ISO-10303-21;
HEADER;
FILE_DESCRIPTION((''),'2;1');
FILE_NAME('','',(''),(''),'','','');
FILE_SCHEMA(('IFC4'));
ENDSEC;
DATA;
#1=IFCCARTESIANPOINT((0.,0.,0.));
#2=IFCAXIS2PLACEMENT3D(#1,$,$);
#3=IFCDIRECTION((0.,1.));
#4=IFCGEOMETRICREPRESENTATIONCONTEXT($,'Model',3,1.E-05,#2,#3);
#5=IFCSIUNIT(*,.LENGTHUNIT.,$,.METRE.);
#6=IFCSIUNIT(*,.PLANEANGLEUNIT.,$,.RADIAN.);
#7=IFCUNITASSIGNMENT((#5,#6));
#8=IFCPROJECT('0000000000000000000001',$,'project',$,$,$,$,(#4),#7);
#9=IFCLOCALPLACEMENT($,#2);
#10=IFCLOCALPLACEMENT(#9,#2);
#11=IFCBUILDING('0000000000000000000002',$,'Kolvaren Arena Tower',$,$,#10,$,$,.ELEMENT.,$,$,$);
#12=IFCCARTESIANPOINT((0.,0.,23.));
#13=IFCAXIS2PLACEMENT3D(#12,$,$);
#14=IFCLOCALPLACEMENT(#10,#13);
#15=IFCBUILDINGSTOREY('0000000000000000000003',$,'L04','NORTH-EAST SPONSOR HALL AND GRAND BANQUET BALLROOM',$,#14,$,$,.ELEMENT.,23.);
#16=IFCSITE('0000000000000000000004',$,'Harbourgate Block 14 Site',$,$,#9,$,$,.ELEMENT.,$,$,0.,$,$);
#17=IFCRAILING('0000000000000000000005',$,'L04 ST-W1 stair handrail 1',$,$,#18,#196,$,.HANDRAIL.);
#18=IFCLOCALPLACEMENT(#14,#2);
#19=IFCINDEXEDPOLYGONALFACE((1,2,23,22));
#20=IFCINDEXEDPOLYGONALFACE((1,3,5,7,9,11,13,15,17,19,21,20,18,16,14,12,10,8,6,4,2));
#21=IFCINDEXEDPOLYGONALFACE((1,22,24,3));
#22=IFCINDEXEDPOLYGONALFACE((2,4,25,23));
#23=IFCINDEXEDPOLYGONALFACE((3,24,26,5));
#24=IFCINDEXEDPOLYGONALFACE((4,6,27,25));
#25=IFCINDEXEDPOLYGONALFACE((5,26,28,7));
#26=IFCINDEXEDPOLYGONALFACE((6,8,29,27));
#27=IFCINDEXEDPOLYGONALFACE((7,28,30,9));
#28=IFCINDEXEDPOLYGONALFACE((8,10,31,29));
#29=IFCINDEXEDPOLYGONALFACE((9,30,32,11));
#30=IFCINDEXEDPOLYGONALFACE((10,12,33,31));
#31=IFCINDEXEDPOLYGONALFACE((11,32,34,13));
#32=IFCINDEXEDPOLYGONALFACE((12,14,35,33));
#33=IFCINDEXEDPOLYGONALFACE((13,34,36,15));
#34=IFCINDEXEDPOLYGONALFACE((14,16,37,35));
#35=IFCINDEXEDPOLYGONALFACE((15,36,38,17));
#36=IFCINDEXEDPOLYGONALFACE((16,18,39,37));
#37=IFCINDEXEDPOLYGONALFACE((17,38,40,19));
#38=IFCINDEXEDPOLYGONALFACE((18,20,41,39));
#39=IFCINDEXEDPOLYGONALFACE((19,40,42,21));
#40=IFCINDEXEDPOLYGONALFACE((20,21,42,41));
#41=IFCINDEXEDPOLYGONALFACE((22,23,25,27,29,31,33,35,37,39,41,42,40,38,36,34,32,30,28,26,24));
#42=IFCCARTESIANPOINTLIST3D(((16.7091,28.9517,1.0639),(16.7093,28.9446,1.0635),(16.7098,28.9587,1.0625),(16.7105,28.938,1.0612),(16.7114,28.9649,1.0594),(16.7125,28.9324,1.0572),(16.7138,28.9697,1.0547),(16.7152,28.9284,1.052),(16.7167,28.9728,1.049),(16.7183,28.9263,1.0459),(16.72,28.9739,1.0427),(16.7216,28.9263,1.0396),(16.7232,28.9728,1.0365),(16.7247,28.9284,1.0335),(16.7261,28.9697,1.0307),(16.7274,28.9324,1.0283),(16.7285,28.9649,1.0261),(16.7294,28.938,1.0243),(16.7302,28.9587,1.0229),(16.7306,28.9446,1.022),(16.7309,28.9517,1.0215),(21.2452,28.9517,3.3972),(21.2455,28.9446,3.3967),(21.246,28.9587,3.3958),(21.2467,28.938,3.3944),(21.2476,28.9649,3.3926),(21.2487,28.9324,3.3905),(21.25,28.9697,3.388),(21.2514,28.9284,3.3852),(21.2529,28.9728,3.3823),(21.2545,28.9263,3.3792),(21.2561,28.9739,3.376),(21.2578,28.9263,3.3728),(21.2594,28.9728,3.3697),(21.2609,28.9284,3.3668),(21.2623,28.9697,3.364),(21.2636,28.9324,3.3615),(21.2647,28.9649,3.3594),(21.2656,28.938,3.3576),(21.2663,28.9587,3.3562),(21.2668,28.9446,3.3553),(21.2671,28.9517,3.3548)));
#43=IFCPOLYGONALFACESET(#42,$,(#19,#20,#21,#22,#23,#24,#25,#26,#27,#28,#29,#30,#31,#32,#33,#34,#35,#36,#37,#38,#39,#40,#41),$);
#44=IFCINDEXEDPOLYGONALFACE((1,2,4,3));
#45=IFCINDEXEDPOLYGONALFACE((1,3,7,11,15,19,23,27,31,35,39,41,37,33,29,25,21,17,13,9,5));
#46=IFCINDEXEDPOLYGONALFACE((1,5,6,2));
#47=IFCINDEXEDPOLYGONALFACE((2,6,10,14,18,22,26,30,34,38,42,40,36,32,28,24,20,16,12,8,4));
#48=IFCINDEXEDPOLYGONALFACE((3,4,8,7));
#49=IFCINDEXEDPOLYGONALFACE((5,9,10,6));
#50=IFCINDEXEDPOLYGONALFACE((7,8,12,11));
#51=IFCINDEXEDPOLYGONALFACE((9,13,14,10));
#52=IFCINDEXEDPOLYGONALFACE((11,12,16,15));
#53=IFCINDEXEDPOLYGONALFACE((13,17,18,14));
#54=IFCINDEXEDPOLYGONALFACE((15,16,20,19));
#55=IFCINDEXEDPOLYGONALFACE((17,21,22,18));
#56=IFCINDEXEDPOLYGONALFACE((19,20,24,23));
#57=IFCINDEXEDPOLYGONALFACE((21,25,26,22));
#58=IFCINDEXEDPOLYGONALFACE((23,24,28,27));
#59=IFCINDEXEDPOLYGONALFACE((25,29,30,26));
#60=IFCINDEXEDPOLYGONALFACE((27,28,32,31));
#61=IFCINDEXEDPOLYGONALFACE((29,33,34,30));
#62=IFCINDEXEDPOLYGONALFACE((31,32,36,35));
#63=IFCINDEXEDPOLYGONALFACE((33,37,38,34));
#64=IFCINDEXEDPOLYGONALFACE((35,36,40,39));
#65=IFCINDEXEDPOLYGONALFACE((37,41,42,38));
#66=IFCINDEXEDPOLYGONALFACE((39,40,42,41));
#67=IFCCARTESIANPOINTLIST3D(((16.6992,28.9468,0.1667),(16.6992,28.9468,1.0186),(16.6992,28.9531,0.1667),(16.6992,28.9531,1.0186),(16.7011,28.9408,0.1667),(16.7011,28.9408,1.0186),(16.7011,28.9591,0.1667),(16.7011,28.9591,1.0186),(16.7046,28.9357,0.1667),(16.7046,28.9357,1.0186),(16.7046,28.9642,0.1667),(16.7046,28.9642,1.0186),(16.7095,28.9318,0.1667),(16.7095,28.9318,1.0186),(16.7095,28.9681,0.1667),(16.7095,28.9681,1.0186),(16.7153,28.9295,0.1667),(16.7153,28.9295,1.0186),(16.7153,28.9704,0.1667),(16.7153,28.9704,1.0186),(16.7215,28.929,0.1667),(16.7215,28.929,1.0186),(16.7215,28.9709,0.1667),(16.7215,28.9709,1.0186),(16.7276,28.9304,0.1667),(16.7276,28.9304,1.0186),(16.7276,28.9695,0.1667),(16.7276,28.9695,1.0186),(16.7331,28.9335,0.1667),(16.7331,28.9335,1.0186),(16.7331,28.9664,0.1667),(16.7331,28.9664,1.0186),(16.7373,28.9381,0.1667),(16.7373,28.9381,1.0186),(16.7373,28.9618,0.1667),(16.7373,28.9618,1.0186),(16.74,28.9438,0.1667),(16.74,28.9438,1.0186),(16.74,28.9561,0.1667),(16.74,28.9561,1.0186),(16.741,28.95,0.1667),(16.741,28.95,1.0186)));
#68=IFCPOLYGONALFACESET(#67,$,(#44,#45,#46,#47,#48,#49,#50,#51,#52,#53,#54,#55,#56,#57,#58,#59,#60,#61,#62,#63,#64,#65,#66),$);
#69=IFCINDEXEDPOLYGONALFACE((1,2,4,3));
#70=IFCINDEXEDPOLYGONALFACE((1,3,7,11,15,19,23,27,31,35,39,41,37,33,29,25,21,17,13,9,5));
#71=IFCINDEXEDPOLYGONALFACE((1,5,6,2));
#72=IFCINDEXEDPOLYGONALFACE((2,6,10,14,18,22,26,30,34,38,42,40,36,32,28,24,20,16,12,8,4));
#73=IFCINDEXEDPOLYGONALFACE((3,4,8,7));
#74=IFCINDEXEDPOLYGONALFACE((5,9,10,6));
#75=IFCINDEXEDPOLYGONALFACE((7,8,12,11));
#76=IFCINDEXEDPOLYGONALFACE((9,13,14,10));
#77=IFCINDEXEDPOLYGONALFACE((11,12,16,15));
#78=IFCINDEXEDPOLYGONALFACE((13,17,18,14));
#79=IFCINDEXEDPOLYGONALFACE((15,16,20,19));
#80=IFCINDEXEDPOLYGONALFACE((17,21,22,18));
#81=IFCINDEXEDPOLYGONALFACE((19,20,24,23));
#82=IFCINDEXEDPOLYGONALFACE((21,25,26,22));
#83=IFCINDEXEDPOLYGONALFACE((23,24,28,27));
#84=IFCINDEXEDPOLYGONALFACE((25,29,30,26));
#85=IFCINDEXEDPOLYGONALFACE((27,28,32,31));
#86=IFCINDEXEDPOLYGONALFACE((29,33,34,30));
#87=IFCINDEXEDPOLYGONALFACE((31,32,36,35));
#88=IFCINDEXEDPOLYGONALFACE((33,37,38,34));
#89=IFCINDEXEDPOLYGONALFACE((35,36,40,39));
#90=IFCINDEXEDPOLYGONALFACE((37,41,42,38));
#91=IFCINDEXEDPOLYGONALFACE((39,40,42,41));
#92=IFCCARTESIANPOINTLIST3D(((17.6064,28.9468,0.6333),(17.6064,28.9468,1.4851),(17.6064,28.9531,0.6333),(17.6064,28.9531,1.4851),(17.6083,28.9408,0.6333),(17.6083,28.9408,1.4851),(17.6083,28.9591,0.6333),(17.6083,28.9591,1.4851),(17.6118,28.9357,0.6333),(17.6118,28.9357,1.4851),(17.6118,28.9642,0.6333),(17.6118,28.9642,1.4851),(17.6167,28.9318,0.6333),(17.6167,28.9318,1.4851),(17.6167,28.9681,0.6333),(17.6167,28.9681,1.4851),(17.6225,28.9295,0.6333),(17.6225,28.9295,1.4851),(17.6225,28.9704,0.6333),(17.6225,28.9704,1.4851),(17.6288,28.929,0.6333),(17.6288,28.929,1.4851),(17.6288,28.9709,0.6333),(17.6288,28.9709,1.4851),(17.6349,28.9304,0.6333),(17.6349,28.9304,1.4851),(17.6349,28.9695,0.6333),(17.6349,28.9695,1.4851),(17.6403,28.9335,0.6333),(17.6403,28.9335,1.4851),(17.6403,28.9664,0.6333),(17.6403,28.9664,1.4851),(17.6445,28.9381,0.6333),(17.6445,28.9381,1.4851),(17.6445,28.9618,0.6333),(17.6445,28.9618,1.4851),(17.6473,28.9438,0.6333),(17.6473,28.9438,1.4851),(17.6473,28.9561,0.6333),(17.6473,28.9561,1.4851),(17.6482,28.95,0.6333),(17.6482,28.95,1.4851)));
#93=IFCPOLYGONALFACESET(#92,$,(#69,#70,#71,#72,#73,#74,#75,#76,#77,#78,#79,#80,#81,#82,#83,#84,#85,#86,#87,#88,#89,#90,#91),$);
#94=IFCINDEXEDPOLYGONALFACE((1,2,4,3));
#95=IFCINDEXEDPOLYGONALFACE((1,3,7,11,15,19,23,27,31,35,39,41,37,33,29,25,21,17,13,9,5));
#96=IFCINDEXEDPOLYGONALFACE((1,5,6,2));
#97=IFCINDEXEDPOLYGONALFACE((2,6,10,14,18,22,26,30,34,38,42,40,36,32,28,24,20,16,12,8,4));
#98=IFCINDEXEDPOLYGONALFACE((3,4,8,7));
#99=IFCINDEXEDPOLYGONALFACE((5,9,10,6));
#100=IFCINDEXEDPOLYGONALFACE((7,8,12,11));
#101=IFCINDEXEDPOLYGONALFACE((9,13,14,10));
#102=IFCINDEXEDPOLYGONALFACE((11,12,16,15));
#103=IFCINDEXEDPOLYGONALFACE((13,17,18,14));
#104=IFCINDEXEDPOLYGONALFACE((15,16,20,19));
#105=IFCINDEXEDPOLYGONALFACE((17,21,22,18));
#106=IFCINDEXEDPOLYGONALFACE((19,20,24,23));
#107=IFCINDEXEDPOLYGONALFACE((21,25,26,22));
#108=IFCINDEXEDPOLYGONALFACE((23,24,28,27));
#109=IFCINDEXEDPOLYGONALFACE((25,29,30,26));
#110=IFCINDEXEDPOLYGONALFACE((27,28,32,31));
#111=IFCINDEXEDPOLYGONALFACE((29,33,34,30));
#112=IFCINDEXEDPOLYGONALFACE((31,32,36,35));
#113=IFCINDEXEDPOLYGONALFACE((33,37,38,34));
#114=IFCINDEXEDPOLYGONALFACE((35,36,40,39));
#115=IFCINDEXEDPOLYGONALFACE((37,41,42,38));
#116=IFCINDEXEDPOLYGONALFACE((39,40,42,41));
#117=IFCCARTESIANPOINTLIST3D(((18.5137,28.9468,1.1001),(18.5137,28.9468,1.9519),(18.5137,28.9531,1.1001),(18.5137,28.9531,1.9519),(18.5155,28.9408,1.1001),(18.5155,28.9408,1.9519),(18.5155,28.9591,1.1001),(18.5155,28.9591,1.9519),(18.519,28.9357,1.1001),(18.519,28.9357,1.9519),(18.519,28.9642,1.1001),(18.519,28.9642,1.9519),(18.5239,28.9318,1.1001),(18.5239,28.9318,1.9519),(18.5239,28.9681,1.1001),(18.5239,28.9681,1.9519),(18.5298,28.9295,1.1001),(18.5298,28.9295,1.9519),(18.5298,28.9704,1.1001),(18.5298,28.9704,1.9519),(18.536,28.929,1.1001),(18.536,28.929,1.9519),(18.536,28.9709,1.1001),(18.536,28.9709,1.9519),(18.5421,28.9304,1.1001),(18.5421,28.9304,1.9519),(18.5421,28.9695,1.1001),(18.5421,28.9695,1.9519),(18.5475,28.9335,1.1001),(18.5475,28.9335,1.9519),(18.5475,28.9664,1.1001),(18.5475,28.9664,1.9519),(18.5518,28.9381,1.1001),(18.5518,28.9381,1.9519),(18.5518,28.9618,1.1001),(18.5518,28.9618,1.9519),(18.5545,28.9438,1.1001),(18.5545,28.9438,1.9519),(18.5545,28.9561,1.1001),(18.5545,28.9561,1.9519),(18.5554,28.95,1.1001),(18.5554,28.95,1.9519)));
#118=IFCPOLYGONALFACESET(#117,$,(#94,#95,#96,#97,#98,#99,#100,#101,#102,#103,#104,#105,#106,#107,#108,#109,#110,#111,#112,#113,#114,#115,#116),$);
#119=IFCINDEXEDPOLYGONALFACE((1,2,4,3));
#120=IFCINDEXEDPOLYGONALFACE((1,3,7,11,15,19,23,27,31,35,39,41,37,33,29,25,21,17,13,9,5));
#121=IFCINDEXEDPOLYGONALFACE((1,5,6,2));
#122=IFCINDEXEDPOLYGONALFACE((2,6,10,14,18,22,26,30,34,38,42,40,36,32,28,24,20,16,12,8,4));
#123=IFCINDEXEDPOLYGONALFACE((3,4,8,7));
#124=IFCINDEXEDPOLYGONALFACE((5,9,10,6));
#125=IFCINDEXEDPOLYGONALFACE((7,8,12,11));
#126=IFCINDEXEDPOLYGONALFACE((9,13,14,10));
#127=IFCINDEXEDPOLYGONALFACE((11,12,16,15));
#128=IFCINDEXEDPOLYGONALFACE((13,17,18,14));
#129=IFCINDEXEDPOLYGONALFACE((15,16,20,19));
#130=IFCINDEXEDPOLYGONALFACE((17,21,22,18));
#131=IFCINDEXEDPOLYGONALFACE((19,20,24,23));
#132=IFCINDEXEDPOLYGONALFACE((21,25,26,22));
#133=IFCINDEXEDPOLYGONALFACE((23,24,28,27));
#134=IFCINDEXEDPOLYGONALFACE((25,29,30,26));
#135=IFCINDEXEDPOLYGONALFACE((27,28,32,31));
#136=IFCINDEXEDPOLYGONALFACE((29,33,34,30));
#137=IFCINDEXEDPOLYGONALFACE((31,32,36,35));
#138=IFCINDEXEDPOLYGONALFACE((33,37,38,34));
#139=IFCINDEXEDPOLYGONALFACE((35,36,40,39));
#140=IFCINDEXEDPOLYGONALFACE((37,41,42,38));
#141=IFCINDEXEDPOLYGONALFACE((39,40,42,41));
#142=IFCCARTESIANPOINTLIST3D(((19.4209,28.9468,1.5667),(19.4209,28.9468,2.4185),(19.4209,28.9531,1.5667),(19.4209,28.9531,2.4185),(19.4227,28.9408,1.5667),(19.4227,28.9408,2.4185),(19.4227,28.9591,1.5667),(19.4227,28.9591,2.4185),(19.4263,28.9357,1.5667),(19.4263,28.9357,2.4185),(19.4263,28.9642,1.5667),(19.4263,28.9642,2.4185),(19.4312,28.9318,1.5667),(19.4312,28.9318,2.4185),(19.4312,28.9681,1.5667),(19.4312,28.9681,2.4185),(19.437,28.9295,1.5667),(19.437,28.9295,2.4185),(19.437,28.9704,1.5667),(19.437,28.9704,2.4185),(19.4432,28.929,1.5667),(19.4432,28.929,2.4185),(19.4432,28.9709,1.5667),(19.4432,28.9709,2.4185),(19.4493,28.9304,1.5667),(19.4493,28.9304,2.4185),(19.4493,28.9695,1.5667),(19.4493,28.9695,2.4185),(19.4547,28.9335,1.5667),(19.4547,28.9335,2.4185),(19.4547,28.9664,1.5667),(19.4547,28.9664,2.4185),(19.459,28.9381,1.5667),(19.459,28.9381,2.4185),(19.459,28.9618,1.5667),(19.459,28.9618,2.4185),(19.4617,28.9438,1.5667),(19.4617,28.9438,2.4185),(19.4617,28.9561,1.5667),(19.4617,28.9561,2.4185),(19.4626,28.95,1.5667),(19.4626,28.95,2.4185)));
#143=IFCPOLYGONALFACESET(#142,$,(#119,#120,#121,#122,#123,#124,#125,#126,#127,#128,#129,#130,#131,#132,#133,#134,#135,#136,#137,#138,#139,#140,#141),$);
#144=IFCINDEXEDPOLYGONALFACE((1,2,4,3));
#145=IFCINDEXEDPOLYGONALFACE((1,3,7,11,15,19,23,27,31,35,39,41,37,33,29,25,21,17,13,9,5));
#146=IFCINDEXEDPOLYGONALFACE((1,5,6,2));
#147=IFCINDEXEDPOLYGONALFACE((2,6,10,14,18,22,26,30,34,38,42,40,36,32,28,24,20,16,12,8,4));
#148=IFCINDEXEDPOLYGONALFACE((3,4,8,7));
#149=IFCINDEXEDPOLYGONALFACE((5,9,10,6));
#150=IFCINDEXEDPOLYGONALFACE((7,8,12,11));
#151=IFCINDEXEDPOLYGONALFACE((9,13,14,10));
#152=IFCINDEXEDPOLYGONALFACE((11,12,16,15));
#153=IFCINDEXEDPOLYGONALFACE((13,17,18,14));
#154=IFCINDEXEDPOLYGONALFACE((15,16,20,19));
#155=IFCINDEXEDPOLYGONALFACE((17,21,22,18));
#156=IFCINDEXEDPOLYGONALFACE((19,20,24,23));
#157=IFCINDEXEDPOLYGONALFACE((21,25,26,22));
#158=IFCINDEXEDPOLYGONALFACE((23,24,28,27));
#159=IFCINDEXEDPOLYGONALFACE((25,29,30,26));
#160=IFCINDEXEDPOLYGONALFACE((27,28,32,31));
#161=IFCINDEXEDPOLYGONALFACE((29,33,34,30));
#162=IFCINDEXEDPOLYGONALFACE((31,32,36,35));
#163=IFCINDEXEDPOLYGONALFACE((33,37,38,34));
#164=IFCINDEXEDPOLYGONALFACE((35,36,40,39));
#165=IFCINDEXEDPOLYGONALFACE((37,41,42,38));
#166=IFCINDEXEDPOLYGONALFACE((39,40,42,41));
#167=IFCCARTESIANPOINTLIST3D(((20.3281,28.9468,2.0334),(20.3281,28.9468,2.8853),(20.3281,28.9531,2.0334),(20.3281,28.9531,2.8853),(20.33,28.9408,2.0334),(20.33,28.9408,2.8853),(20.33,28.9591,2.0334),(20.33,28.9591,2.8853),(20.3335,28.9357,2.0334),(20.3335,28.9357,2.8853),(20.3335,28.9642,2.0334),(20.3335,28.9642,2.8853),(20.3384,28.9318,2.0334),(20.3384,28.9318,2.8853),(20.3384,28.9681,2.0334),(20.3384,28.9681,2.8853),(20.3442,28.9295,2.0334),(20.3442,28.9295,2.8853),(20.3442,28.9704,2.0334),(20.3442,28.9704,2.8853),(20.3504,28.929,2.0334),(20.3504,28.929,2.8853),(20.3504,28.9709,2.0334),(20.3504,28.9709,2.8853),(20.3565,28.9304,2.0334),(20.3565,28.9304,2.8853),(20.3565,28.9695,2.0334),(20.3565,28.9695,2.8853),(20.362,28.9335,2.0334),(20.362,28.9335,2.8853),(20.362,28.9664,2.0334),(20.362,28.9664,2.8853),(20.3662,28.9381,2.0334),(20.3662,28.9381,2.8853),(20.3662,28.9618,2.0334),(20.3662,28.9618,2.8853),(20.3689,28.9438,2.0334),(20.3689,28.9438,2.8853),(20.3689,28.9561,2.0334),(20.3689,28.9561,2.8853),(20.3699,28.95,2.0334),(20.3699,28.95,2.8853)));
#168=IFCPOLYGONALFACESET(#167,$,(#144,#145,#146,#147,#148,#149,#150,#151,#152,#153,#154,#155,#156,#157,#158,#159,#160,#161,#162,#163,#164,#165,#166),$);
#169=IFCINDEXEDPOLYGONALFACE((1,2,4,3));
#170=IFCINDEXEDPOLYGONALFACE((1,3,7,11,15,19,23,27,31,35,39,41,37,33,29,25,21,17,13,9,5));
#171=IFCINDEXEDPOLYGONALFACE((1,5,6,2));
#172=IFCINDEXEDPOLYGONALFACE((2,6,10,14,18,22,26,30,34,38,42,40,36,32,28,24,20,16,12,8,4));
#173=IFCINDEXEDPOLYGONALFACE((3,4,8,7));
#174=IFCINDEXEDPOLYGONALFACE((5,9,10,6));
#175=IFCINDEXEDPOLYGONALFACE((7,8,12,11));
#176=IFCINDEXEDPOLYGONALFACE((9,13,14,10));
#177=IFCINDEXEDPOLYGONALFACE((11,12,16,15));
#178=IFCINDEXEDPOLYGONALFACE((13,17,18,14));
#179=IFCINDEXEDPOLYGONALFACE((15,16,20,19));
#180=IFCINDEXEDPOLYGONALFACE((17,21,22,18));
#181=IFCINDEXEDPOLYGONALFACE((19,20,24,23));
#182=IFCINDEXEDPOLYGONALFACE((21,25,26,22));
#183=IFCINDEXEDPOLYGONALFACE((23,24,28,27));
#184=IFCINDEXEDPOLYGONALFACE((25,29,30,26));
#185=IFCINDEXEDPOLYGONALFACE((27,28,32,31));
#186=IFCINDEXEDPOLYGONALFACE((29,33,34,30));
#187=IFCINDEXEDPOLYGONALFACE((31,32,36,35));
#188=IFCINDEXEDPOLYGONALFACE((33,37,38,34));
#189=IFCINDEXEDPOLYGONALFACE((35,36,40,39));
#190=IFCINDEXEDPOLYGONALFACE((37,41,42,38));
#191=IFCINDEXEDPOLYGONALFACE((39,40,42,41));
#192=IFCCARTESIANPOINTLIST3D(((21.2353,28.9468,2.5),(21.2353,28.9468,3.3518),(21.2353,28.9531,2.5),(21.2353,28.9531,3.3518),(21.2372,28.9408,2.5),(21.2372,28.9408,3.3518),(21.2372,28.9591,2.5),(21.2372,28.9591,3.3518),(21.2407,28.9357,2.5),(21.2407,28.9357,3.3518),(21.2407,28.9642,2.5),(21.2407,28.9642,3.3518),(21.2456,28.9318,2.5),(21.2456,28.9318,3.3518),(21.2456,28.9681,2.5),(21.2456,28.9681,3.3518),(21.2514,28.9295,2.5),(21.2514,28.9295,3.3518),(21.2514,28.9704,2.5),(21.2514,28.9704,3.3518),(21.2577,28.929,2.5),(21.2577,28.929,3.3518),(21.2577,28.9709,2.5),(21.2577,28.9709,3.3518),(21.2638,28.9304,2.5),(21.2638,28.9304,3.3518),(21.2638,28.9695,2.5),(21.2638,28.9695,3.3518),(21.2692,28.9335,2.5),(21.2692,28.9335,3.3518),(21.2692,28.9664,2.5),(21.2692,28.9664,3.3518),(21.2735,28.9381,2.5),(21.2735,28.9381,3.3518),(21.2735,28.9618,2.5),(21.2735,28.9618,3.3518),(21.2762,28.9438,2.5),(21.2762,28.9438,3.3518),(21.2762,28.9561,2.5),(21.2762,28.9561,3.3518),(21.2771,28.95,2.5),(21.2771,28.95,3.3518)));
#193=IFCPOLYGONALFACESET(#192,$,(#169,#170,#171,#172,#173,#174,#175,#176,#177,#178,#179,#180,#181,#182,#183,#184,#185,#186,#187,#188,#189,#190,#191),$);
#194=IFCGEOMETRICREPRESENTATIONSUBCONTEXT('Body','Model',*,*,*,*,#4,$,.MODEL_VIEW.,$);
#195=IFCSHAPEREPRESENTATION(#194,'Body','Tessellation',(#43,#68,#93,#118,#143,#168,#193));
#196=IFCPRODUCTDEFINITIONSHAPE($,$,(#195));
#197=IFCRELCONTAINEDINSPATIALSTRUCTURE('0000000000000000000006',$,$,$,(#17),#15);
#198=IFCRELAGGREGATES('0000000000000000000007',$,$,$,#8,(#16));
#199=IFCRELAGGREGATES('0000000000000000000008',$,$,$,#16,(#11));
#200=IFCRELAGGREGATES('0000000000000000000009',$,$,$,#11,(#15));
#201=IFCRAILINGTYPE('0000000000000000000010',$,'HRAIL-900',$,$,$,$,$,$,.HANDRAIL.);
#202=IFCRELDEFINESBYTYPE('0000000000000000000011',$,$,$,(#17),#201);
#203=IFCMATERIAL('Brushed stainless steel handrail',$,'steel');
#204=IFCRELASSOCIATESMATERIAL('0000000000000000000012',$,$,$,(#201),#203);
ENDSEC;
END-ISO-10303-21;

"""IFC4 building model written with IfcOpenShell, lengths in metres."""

from ifc_helpers import new_model, si_unit, direction, frame, origin, origin_2d, place, context, subcontext, project, spatial, circle, extrude, material, type_object, element, save


model = new_model("IFC4")

# Units and contexts
model_context = context("Model", 3, precision=1e-05, world=origin(), true_north=direction((0.0, 1.0)))
body_context = subcontext(model_context, "Body", "Model", "MODEL_VIEW")
ifc_project = project(units=[si_unit("LENGTHUNIT", "METRE"), si_unit("PLANEANGLEUNIT", "RADIAN")], contexts=[model_context])

# Site, building, storey
site_placement = place(None, origin())
site = spatial("IfcSite", under=ifc_project, at=site_placement, Name="Harbourgate Block 14 Site", CompositionType="ELEMENT", RefElevation=0.0)
building_placement = place(site_placement, origin())
building = spatial("IfcBuilding", under=site, at=building_placement, Name="Kolvaren Arena Tower", CompositionType="ELEMENT")
storey_placement = place(building_placement, frame((0.0, 0.0, 23.0)))
storey = spatial("IfcBuildingStorey", under=building, at=storey_placement, Name="L04", Description="NORTH-EAST SPONSOR HALL AND GRAND BANQUET BALLROOM", CompositionType="ELEMENT", Elevation=23.0)

# Railing
ifc_material_1 = material(Name="Brushed stainless steel handrail", Category="steel")
railing_type_1 = type_object("IfcRailingType", Name="HRAIL-900", PredefinedType="HANDRAIL", material=ifc_material_1)
railing_1_placement = place(storey_placement, frame((16.72, 28.95, 0.1667)))
element("IfcRailing", 1, at=railing_1_placement, inside=storey, type_object=railing_type_1, Name="L04 ST-W1 stair handrail 1", PredefinedType="HANDRAIL", context=body_context, shape_type="SweptSolid", body=[
    extrude(circle(Radius=0.0239, at=origin_2d()), frame((0.0, 0.0, 0.876), z_axis=(0.889257, 0.0, 0.457407), x_axis=(0.0, 1.0, 0.0)), (0.0, 0.0, 1.0), 5.1011),
    extrude(circle(Radius=0.021, at=origin_2d()), origin(), (0.0, 0.0, 1.0), 0.8518),
    extrude(circle(Radius=0.021, at=origin_2d()), frame((0.9072, 0.0, 0.4666)), (0.0, 0.0, 1.0), 0.8518),
    extrude(circle(Radius=0.021, at=origin_2d()), frame((1.8145, 0.0, 0.9333)), (0.0, 0.0, 1.0), 0.8518),
    extrude(circle(Radius=0.021, at=origin_2d()), frame((2.7217, 0.0, 1.3999)), (0.0, 0.0, 1.0), 0.8518),
    extrude(circle(Radius=0.021, at=origin_2d()), frame((3.6289, 0.0, 1.8667)), (0.0, 0.0, 1.0), 0.8518),
    extrude(circle(Radius=0.021, at=origin_2d()), frame((4.5361, 0.0, 2.3333)), (0.0, 0.0, 1.0), 0.8518),
])

save(model, "model.ifc")
